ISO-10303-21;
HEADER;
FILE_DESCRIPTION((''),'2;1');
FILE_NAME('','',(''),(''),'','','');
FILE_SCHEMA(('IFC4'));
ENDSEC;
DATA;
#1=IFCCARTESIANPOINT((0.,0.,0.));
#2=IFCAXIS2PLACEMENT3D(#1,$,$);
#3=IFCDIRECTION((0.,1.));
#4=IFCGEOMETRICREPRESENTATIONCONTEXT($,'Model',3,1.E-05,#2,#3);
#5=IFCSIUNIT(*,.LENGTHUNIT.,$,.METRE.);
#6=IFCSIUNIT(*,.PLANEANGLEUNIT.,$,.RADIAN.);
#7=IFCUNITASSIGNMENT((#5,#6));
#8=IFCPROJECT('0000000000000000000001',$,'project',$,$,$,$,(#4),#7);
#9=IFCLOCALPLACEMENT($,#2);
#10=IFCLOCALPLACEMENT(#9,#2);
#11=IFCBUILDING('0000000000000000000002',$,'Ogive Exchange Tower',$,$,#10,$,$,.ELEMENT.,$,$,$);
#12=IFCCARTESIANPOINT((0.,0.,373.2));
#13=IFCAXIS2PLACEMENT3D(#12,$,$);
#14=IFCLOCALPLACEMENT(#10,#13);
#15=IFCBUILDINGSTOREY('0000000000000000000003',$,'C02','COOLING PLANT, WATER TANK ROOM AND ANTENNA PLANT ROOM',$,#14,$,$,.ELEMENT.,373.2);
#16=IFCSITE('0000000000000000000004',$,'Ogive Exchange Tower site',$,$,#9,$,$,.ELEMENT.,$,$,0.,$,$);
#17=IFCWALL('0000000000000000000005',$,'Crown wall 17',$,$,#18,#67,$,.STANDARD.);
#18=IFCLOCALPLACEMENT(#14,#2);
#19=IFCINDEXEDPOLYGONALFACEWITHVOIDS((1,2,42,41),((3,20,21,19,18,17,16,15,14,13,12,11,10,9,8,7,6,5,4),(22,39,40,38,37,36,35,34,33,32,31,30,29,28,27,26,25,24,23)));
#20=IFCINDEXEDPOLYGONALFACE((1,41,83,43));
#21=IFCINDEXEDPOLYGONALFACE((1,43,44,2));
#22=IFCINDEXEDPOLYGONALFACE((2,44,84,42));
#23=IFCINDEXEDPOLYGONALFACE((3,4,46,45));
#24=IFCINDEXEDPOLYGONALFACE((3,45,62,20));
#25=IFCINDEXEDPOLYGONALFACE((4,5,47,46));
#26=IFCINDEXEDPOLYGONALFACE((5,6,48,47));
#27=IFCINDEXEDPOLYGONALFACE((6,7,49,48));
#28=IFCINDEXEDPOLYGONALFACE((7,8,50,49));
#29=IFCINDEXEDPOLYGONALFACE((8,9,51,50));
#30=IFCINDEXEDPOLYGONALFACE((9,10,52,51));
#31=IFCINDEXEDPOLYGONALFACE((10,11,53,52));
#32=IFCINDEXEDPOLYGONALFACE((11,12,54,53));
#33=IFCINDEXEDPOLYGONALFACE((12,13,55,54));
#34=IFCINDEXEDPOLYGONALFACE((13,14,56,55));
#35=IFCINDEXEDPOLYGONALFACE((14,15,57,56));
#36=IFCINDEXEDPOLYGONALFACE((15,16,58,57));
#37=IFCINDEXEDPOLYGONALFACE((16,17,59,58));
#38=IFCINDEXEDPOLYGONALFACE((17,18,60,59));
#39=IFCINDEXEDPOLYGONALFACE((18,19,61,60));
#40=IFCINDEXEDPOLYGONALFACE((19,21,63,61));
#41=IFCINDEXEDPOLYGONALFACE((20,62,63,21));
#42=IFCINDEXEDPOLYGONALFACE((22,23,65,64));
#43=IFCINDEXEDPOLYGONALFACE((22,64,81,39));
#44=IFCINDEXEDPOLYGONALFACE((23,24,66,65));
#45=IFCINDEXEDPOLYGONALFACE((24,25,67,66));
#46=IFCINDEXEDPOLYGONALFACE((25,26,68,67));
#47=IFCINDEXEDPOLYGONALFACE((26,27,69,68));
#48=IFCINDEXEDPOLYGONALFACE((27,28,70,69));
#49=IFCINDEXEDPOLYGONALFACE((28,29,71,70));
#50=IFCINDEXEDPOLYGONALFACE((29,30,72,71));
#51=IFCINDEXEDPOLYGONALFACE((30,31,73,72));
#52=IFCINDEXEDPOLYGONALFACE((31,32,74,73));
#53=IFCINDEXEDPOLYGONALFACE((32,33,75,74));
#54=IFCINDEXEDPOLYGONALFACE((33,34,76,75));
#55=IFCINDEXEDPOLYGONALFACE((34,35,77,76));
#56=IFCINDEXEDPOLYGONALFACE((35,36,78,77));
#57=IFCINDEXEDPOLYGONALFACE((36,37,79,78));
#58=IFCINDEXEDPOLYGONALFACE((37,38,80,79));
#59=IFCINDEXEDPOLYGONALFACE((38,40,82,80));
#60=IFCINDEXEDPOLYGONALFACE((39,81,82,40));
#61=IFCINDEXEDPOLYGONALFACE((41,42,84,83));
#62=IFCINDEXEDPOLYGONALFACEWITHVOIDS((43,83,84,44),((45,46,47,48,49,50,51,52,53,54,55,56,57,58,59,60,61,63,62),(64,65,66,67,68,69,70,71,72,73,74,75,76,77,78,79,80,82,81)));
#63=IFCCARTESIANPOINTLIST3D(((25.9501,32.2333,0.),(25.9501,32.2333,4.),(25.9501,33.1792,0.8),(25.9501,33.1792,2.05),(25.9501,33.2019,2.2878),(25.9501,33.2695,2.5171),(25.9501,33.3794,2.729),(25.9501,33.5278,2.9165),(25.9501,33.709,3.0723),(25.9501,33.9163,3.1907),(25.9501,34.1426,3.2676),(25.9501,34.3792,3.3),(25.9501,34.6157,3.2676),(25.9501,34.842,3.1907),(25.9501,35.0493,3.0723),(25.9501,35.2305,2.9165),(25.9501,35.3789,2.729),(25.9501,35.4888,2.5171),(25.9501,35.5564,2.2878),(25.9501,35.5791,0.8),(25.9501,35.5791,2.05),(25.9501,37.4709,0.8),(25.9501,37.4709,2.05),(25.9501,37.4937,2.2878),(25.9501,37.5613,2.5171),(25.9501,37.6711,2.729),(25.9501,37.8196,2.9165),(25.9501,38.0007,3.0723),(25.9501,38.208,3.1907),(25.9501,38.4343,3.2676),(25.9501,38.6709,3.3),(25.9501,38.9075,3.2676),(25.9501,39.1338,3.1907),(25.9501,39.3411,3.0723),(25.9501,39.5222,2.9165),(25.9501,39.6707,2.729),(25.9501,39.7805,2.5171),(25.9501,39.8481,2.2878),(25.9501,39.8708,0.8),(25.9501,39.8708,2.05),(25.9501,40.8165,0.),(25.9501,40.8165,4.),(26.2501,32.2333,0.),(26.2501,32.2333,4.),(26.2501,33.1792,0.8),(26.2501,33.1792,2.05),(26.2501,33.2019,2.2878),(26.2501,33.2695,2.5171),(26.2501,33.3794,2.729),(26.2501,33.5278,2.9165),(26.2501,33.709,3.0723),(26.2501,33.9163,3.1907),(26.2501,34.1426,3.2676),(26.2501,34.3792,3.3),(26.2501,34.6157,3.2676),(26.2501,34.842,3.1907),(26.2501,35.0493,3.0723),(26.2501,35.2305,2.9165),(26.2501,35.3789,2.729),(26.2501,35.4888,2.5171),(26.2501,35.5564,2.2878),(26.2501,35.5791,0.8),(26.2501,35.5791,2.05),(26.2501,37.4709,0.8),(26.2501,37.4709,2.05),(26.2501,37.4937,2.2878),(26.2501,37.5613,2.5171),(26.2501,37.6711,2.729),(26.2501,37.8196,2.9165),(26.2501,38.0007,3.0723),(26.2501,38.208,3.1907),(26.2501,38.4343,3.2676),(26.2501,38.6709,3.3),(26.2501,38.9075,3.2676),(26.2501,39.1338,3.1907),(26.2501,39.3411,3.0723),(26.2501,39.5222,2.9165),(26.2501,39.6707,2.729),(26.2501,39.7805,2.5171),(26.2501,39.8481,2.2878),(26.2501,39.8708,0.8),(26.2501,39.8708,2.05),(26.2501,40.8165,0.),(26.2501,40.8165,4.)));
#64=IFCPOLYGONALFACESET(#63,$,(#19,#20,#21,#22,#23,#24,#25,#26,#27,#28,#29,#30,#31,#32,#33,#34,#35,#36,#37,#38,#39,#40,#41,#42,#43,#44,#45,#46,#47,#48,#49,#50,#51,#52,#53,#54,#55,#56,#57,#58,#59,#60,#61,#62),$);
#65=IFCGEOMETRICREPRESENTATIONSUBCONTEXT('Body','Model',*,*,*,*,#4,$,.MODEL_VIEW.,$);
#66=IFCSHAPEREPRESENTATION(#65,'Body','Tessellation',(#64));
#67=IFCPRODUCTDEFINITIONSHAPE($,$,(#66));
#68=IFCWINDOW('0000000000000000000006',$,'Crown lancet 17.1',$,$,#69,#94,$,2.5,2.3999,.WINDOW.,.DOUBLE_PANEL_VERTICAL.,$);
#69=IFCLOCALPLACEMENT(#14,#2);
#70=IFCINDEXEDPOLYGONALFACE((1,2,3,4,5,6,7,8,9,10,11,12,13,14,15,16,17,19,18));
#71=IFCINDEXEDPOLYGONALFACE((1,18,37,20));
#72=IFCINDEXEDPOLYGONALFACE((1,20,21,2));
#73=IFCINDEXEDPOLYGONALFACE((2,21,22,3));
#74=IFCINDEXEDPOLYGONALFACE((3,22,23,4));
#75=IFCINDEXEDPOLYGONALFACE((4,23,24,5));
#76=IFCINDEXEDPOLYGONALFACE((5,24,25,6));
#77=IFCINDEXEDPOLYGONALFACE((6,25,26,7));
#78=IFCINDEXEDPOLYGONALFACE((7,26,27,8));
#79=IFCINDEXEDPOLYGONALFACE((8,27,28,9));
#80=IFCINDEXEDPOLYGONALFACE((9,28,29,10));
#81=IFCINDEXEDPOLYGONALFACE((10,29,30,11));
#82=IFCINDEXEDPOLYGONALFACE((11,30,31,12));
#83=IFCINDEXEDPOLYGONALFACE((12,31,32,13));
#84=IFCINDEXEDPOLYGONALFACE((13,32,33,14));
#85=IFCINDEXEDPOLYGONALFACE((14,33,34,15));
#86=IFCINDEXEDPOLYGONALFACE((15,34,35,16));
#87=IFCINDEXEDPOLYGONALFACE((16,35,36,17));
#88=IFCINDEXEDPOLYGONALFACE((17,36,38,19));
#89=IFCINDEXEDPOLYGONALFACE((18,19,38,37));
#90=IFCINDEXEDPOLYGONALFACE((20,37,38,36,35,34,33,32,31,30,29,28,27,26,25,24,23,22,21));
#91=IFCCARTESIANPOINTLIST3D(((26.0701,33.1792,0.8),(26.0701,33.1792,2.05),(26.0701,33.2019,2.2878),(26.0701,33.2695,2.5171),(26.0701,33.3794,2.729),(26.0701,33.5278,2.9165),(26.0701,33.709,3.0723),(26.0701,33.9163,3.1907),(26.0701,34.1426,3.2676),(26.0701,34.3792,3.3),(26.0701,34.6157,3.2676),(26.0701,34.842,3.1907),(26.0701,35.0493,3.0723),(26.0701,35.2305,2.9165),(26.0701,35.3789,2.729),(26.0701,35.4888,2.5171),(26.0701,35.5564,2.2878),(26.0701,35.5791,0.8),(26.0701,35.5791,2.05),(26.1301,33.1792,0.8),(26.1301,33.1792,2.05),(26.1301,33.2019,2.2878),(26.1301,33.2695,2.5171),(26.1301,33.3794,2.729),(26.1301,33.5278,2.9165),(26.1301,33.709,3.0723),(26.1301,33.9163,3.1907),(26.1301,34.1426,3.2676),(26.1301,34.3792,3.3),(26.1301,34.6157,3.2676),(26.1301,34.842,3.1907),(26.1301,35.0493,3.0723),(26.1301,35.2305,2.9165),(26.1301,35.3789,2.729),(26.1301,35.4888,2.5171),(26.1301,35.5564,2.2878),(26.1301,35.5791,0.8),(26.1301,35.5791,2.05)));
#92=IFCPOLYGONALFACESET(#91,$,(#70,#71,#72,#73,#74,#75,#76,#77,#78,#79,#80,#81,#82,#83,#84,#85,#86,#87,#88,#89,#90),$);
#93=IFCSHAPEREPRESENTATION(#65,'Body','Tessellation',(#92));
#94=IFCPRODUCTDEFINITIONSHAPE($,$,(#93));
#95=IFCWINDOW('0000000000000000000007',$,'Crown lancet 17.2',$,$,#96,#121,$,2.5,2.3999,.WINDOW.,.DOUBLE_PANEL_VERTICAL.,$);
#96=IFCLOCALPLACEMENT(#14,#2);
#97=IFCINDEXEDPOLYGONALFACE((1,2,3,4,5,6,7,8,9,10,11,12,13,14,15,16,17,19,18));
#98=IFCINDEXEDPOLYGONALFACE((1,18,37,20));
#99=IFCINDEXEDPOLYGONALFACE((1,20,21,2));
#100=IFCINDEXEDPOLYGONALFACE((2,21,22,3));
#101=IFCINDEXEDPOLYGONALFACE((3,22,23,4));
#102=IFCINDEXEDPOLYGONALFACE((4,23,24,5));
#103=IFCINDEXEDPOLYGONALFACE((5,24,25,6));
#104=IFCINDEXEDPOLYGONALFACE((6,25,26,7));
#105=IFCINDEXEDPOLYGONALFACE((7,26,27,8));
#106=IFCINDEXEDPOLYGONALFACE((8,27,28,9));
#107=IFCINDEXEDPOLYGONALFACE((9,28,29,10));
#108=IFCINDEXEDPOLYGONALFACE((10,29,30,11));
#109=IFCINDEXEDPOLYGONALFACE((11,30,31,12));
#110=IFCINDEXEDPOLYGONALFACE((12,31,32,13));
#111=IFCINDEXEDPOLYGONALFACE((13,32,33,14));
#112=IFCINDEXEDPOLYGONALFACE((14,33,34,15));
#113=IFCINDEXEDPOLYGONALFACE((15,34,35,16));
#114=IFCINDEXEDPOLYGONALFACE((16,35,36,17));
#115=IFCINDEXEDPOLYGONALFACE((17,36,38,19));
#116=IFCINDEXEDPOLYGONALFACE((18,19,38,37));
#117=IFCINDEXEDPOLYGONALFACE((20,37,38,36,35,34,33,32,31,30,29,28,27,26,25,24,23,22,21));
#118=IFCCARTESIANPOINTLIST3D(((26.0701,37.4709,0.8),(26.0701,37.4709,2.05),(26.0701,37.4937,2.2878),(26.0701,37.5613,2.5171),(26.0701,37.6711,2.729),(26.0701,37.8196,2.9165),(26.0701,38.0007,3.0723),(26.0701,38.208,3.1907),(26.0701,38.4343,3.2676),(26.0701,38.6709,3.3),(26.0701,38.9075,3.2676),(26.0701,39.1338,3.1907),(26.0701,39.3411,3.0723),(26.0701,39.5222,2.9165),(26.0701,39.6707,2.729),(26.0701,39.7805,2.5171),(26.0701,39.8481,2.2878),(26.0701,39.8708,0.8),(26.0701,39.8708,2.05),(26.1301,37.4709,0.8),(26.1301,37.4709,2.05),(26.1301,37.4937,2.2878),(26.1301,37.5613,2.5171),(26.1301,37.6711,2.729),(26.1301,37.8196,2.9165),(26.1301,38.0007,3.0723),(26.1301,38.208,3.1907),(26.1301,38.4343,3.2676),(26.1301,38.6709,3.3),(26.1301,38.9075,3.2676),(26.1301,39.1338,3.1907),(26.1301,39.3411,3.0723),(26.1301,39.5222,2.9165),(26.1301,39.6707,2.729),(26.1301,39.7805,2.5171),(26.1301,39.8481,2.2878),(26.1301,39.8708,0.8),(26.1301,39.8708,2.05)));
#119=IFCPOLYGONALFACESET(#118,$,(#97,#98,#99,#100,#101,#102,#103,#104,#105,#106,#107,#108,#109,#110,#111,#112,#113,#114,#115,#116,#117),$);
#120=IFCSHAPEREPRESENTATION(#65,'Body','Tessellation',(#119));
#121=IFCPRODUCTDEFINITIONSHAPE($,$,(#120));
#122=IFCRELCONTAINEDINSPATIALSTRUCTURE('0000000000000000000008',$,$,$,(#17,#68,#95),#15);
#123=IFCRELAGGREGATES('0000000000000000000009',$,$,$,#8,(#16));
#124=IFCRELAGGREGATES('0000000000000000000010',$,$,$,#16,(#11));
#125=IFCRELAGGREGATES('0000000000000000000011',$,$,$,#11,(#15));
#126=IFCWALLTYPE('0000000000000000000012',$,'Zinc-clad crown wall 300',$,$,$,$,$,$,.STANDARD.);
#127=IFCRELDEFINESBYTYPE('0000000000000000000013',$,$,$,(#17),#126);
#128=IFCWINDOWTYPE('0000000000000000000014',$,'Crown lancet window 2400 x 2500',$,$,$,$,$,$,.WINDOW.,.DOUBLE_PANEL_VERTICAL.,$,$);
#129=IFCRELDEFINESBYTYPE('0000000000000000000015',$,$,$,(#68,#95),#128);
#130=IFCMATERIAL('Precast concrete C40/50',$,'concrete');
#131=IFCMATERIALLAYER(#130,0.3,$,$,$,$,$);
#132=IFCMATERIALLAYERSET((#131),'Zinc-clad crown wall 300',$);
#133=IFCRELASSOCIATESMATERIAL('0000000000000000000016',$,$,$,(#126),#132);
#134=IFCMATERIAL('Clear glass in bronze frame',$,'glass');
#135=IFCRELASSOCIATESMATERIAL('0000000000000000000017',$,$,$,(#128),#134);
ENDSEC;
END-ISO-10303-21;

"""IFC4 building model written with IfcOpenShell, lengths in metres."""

from ifc_helpers import new_model, si_unit, direction, frame, frame_2d, origin, place, context, subcontext, project, spatial, polyline, rectangle, outline, extrude, material, layer, layer_set, type_object, element, fill, save


model = new_model("IFC4")

# Units and contexts
model_context = context("Model", 3, precision=1e-05, world=origin(), true_north=direction((0.0, 1.0)))
body_context = subcontext(model_context, "Body", "Model", "MODEL_VIEW")
ifc_project = project(units=[si_unit("LENGTHUNIT", "METRE"), si_unit("PLANEANGLEUNIT", "RADIAN")], contexts=[model_context])

# Site, building, storey
site_placement = place(None, origin())
site = spatial("IfcSite", under=ifc_project, at=site_placement, Name="Ogive Exchange Tower site", CompositionType="ELEMENT", RefElevation=0.0)
building_placement = place(site_placement, origin())
building = spatial("IfcBuilding", under=site, at=building_placement, Name="Ogive Exchange Tower", CompositionType="ELEMENT")
storey_placement = place(building_placement, frame((0.0, 0.0, 373.2)))
storey = spatial("IfcBuildingStorey", under=building, at=storey_placement, Name="C02", Description="COOLING PLANT, WATER TANK ROOM AND ANTENNA PLANT ROOM", CompositionType="ELEMENT", Elevation=373.2)

# Wall, openings, windows
ifc_material_1 = material(Name="Precast concrete C40/50", Category="concrete")
ifc_layer_1 = layer(ifc_material_1, 0.3)
ifc_layer_set_1 = layer_set([ifc_layer_1], Name="Zinc-clad crown wall 300")
wall_type_1 = type_object("IfcWallType", Name="Zinc-clad crown wall 300", PredefinedType="STANDARD", material=ifc_layer_set_1)
ifc_material_2 = material(Name="Clear glass in bronze frame", Category="glass")
window_type_1 = type_object("IfcWindowType", Name="Crown lancet window 2400 x 2500", PartitioningType="DOUBLE_PANEL_VERTICAL", PredefinedType="WINDOW", material=ifc_material_2)
wall_1_placement = place(storey_placement, frame((26.1001, 32.2334, 0.0), z_axis=(0.0, 0.0, 1.0), x_axis=(0.0, 1.0, 0.0)))
wall_1 = element("IfcWall", 1, at=wall_1_placement, inside=storey, type_object=wall_type_1, Name="Crown wall 17", PredefinedType="STANDARD", context=body_context, shape_type="SweptSolid", body=[
    extrude(rectangle(XDim=8.5833, YDim=0.3, at=frame_2d((4.2915, 0.0))), origin(), (0.0, 0.0, 1.0), 4.0),
])
opening_1_placement = place(wall_1_placement, frame((0.9458, 0.0, 0.8)))
opening_1 = element("IfcOpeningElement", 2, at=opening_1_placement, cuts=wall_1, PredefinedType="OPENING", context=body_context, shape_type="SweptSolid", body=[
    extrude(outline(polyline([(0.0, 0.0), (2.3999, 0.0), (2.3999, 1.25), (2.3772, 1.4878), (2.3096, 1.717), (2.1997, 1.929), (2.0513, 2.1165), (1.8701, 2.2722), (1.6628, 2.3906), (1.4365, 2.4675), (1.2, 2.5), (0.9634, 2.4675), (0.7371, 2.3906), (0.5298, 2.2722), (0.3486, 2.1165), (0.2002, 1.929), (0.0903, 1.717), (0.0227, 1.4878), (0.0, 1.25), (0.0, 0.0)])), frame((0.0, 0.1599, 0.0), z_axis=(0.0, -1.0, 0.0), x_axis=(1.0, 0.0, 0.0)), (0.0, 0.0, 1.0), 0.3201),
])
opening_2_placement = place(wall_1_placement, frame((5.2375, 0.0, 0.8)))
opening_2 = element("IfcOpeningElement", 3, at=opening_2_placement, cuts=wall_1, PredefinedType="OPENING", context=body_context, shape_type="SweptSolid", body=[
    extrude(outline(polyline([(0.0, 0.0), (2.3999, 0.0), (2.3999, 1.25), (2.3772, 1.4878), (2.3096, 1.717), (2.1997, 1.929), (2.0513, 2.1165), (1.8701, 2.2722), (1.6628, 2.3906), (1.4365, 2.4675), (1.2, 2.5), (0.9634, 2.4675), (0.7371, 2.3906), (0.5298, 2.2722), (0.3486, 2.1165), (0.2002, 1.929), (0.0903, 1.717), (0.0227, 1.4878), (0.0, 1.25), (0.0, 0.0)])), frame((0.0, 0.1599, 0.0), z_axis=(0.0, -1.0, 0.0), x_axis=(1.0, 0.0, 0.0)), (0.0, 0.0, 1.0), 0.3201),
])
window_1_placement = place(opening_1_placement, origin())
window_1 = element("IfcWindow", 4, at=window_1_placement, inside=storey, type_object=window_type_1, Name="Crown lancet 17.1", OverallHeight=2.5, OverallWidth=2.3999, PartitioningType="DOUBLE_PANEL_VERTICAL", PredefinedType="WINDOW", context=body_context, shape_type="SweptSolid", body=[
    extrude(outline(polyline([(0.0, 0.0), (2.3999, 0.0), (2.3999, 1.25), (2.3772, 1.4878), (2.3096, 1.717), (2.1997, 1.929), (2.0513, 2.1165), (1.8701, 2.2722), (1.6628, 2.3906), (1.4365, 2.4675), (1.2, 2.5), (0.9634, 2.4675), (0.7371, 2.3906), (0.5298, 2.2722), (0.3486, 2.1165), (0.2002, 1.929), (0.0903, 1.717), (0.0227, 1.4878), (0.0, 1.25), (0.0, 0.0)])), frame((0.0, 0.03, 0.0), z_axis=(0.0, -1.0, 0.0), x_axis=(1.0, 0.0, 0.0)), (0.0, 0.0, 1.0), 0.0601),
])
fill(opening_1, window_1)
window_2_placement = place(opening_2_placement, origin())
window_2 = element("IfcWindow", 5, at=window_2_placement, inside=storey, type_object=window_type_1, Name="Crown lancet 17.2", OverallHeight=2.5, OverallWidth=2.3999, PartitioningType="DOUBLE_PANEL_VERTICAL", PredefinedType="WINDOW", context=body_context, shape_type="SweptSolid", body=[
    extrude(outline(polyline([(0.0, 0.0), (2.3999, 0.0), (2.3999, 1.25), (2.3772, 1.4878), (2.3096, 1.717), (2.1997, 1.929), (2.0513, 2.1165), (1.8701, 2.2722), (1.6628, 2.3906), (1.4365, 2.4675), (1.2, 2.5), (0.9634, 2.4675), (0.7371, 2.3906), (0.5298, 2.2722), (0.3486, 2.1165), (0.2002, 1.929), (0.0903, 1.717), (0.0227, 1.4878), (0.0, 1.25), (0.0, 0.0)])), frame((0.0, 0.03, 0.0), z_axis=(0.0, -1.0, 0.0), x_axis=(1.0, 0.0, 0.0)), (0.0, 0.0, 1.0), 0.0601),
])
fill(opening_2, window_2)

save(model, "model.ifc")
